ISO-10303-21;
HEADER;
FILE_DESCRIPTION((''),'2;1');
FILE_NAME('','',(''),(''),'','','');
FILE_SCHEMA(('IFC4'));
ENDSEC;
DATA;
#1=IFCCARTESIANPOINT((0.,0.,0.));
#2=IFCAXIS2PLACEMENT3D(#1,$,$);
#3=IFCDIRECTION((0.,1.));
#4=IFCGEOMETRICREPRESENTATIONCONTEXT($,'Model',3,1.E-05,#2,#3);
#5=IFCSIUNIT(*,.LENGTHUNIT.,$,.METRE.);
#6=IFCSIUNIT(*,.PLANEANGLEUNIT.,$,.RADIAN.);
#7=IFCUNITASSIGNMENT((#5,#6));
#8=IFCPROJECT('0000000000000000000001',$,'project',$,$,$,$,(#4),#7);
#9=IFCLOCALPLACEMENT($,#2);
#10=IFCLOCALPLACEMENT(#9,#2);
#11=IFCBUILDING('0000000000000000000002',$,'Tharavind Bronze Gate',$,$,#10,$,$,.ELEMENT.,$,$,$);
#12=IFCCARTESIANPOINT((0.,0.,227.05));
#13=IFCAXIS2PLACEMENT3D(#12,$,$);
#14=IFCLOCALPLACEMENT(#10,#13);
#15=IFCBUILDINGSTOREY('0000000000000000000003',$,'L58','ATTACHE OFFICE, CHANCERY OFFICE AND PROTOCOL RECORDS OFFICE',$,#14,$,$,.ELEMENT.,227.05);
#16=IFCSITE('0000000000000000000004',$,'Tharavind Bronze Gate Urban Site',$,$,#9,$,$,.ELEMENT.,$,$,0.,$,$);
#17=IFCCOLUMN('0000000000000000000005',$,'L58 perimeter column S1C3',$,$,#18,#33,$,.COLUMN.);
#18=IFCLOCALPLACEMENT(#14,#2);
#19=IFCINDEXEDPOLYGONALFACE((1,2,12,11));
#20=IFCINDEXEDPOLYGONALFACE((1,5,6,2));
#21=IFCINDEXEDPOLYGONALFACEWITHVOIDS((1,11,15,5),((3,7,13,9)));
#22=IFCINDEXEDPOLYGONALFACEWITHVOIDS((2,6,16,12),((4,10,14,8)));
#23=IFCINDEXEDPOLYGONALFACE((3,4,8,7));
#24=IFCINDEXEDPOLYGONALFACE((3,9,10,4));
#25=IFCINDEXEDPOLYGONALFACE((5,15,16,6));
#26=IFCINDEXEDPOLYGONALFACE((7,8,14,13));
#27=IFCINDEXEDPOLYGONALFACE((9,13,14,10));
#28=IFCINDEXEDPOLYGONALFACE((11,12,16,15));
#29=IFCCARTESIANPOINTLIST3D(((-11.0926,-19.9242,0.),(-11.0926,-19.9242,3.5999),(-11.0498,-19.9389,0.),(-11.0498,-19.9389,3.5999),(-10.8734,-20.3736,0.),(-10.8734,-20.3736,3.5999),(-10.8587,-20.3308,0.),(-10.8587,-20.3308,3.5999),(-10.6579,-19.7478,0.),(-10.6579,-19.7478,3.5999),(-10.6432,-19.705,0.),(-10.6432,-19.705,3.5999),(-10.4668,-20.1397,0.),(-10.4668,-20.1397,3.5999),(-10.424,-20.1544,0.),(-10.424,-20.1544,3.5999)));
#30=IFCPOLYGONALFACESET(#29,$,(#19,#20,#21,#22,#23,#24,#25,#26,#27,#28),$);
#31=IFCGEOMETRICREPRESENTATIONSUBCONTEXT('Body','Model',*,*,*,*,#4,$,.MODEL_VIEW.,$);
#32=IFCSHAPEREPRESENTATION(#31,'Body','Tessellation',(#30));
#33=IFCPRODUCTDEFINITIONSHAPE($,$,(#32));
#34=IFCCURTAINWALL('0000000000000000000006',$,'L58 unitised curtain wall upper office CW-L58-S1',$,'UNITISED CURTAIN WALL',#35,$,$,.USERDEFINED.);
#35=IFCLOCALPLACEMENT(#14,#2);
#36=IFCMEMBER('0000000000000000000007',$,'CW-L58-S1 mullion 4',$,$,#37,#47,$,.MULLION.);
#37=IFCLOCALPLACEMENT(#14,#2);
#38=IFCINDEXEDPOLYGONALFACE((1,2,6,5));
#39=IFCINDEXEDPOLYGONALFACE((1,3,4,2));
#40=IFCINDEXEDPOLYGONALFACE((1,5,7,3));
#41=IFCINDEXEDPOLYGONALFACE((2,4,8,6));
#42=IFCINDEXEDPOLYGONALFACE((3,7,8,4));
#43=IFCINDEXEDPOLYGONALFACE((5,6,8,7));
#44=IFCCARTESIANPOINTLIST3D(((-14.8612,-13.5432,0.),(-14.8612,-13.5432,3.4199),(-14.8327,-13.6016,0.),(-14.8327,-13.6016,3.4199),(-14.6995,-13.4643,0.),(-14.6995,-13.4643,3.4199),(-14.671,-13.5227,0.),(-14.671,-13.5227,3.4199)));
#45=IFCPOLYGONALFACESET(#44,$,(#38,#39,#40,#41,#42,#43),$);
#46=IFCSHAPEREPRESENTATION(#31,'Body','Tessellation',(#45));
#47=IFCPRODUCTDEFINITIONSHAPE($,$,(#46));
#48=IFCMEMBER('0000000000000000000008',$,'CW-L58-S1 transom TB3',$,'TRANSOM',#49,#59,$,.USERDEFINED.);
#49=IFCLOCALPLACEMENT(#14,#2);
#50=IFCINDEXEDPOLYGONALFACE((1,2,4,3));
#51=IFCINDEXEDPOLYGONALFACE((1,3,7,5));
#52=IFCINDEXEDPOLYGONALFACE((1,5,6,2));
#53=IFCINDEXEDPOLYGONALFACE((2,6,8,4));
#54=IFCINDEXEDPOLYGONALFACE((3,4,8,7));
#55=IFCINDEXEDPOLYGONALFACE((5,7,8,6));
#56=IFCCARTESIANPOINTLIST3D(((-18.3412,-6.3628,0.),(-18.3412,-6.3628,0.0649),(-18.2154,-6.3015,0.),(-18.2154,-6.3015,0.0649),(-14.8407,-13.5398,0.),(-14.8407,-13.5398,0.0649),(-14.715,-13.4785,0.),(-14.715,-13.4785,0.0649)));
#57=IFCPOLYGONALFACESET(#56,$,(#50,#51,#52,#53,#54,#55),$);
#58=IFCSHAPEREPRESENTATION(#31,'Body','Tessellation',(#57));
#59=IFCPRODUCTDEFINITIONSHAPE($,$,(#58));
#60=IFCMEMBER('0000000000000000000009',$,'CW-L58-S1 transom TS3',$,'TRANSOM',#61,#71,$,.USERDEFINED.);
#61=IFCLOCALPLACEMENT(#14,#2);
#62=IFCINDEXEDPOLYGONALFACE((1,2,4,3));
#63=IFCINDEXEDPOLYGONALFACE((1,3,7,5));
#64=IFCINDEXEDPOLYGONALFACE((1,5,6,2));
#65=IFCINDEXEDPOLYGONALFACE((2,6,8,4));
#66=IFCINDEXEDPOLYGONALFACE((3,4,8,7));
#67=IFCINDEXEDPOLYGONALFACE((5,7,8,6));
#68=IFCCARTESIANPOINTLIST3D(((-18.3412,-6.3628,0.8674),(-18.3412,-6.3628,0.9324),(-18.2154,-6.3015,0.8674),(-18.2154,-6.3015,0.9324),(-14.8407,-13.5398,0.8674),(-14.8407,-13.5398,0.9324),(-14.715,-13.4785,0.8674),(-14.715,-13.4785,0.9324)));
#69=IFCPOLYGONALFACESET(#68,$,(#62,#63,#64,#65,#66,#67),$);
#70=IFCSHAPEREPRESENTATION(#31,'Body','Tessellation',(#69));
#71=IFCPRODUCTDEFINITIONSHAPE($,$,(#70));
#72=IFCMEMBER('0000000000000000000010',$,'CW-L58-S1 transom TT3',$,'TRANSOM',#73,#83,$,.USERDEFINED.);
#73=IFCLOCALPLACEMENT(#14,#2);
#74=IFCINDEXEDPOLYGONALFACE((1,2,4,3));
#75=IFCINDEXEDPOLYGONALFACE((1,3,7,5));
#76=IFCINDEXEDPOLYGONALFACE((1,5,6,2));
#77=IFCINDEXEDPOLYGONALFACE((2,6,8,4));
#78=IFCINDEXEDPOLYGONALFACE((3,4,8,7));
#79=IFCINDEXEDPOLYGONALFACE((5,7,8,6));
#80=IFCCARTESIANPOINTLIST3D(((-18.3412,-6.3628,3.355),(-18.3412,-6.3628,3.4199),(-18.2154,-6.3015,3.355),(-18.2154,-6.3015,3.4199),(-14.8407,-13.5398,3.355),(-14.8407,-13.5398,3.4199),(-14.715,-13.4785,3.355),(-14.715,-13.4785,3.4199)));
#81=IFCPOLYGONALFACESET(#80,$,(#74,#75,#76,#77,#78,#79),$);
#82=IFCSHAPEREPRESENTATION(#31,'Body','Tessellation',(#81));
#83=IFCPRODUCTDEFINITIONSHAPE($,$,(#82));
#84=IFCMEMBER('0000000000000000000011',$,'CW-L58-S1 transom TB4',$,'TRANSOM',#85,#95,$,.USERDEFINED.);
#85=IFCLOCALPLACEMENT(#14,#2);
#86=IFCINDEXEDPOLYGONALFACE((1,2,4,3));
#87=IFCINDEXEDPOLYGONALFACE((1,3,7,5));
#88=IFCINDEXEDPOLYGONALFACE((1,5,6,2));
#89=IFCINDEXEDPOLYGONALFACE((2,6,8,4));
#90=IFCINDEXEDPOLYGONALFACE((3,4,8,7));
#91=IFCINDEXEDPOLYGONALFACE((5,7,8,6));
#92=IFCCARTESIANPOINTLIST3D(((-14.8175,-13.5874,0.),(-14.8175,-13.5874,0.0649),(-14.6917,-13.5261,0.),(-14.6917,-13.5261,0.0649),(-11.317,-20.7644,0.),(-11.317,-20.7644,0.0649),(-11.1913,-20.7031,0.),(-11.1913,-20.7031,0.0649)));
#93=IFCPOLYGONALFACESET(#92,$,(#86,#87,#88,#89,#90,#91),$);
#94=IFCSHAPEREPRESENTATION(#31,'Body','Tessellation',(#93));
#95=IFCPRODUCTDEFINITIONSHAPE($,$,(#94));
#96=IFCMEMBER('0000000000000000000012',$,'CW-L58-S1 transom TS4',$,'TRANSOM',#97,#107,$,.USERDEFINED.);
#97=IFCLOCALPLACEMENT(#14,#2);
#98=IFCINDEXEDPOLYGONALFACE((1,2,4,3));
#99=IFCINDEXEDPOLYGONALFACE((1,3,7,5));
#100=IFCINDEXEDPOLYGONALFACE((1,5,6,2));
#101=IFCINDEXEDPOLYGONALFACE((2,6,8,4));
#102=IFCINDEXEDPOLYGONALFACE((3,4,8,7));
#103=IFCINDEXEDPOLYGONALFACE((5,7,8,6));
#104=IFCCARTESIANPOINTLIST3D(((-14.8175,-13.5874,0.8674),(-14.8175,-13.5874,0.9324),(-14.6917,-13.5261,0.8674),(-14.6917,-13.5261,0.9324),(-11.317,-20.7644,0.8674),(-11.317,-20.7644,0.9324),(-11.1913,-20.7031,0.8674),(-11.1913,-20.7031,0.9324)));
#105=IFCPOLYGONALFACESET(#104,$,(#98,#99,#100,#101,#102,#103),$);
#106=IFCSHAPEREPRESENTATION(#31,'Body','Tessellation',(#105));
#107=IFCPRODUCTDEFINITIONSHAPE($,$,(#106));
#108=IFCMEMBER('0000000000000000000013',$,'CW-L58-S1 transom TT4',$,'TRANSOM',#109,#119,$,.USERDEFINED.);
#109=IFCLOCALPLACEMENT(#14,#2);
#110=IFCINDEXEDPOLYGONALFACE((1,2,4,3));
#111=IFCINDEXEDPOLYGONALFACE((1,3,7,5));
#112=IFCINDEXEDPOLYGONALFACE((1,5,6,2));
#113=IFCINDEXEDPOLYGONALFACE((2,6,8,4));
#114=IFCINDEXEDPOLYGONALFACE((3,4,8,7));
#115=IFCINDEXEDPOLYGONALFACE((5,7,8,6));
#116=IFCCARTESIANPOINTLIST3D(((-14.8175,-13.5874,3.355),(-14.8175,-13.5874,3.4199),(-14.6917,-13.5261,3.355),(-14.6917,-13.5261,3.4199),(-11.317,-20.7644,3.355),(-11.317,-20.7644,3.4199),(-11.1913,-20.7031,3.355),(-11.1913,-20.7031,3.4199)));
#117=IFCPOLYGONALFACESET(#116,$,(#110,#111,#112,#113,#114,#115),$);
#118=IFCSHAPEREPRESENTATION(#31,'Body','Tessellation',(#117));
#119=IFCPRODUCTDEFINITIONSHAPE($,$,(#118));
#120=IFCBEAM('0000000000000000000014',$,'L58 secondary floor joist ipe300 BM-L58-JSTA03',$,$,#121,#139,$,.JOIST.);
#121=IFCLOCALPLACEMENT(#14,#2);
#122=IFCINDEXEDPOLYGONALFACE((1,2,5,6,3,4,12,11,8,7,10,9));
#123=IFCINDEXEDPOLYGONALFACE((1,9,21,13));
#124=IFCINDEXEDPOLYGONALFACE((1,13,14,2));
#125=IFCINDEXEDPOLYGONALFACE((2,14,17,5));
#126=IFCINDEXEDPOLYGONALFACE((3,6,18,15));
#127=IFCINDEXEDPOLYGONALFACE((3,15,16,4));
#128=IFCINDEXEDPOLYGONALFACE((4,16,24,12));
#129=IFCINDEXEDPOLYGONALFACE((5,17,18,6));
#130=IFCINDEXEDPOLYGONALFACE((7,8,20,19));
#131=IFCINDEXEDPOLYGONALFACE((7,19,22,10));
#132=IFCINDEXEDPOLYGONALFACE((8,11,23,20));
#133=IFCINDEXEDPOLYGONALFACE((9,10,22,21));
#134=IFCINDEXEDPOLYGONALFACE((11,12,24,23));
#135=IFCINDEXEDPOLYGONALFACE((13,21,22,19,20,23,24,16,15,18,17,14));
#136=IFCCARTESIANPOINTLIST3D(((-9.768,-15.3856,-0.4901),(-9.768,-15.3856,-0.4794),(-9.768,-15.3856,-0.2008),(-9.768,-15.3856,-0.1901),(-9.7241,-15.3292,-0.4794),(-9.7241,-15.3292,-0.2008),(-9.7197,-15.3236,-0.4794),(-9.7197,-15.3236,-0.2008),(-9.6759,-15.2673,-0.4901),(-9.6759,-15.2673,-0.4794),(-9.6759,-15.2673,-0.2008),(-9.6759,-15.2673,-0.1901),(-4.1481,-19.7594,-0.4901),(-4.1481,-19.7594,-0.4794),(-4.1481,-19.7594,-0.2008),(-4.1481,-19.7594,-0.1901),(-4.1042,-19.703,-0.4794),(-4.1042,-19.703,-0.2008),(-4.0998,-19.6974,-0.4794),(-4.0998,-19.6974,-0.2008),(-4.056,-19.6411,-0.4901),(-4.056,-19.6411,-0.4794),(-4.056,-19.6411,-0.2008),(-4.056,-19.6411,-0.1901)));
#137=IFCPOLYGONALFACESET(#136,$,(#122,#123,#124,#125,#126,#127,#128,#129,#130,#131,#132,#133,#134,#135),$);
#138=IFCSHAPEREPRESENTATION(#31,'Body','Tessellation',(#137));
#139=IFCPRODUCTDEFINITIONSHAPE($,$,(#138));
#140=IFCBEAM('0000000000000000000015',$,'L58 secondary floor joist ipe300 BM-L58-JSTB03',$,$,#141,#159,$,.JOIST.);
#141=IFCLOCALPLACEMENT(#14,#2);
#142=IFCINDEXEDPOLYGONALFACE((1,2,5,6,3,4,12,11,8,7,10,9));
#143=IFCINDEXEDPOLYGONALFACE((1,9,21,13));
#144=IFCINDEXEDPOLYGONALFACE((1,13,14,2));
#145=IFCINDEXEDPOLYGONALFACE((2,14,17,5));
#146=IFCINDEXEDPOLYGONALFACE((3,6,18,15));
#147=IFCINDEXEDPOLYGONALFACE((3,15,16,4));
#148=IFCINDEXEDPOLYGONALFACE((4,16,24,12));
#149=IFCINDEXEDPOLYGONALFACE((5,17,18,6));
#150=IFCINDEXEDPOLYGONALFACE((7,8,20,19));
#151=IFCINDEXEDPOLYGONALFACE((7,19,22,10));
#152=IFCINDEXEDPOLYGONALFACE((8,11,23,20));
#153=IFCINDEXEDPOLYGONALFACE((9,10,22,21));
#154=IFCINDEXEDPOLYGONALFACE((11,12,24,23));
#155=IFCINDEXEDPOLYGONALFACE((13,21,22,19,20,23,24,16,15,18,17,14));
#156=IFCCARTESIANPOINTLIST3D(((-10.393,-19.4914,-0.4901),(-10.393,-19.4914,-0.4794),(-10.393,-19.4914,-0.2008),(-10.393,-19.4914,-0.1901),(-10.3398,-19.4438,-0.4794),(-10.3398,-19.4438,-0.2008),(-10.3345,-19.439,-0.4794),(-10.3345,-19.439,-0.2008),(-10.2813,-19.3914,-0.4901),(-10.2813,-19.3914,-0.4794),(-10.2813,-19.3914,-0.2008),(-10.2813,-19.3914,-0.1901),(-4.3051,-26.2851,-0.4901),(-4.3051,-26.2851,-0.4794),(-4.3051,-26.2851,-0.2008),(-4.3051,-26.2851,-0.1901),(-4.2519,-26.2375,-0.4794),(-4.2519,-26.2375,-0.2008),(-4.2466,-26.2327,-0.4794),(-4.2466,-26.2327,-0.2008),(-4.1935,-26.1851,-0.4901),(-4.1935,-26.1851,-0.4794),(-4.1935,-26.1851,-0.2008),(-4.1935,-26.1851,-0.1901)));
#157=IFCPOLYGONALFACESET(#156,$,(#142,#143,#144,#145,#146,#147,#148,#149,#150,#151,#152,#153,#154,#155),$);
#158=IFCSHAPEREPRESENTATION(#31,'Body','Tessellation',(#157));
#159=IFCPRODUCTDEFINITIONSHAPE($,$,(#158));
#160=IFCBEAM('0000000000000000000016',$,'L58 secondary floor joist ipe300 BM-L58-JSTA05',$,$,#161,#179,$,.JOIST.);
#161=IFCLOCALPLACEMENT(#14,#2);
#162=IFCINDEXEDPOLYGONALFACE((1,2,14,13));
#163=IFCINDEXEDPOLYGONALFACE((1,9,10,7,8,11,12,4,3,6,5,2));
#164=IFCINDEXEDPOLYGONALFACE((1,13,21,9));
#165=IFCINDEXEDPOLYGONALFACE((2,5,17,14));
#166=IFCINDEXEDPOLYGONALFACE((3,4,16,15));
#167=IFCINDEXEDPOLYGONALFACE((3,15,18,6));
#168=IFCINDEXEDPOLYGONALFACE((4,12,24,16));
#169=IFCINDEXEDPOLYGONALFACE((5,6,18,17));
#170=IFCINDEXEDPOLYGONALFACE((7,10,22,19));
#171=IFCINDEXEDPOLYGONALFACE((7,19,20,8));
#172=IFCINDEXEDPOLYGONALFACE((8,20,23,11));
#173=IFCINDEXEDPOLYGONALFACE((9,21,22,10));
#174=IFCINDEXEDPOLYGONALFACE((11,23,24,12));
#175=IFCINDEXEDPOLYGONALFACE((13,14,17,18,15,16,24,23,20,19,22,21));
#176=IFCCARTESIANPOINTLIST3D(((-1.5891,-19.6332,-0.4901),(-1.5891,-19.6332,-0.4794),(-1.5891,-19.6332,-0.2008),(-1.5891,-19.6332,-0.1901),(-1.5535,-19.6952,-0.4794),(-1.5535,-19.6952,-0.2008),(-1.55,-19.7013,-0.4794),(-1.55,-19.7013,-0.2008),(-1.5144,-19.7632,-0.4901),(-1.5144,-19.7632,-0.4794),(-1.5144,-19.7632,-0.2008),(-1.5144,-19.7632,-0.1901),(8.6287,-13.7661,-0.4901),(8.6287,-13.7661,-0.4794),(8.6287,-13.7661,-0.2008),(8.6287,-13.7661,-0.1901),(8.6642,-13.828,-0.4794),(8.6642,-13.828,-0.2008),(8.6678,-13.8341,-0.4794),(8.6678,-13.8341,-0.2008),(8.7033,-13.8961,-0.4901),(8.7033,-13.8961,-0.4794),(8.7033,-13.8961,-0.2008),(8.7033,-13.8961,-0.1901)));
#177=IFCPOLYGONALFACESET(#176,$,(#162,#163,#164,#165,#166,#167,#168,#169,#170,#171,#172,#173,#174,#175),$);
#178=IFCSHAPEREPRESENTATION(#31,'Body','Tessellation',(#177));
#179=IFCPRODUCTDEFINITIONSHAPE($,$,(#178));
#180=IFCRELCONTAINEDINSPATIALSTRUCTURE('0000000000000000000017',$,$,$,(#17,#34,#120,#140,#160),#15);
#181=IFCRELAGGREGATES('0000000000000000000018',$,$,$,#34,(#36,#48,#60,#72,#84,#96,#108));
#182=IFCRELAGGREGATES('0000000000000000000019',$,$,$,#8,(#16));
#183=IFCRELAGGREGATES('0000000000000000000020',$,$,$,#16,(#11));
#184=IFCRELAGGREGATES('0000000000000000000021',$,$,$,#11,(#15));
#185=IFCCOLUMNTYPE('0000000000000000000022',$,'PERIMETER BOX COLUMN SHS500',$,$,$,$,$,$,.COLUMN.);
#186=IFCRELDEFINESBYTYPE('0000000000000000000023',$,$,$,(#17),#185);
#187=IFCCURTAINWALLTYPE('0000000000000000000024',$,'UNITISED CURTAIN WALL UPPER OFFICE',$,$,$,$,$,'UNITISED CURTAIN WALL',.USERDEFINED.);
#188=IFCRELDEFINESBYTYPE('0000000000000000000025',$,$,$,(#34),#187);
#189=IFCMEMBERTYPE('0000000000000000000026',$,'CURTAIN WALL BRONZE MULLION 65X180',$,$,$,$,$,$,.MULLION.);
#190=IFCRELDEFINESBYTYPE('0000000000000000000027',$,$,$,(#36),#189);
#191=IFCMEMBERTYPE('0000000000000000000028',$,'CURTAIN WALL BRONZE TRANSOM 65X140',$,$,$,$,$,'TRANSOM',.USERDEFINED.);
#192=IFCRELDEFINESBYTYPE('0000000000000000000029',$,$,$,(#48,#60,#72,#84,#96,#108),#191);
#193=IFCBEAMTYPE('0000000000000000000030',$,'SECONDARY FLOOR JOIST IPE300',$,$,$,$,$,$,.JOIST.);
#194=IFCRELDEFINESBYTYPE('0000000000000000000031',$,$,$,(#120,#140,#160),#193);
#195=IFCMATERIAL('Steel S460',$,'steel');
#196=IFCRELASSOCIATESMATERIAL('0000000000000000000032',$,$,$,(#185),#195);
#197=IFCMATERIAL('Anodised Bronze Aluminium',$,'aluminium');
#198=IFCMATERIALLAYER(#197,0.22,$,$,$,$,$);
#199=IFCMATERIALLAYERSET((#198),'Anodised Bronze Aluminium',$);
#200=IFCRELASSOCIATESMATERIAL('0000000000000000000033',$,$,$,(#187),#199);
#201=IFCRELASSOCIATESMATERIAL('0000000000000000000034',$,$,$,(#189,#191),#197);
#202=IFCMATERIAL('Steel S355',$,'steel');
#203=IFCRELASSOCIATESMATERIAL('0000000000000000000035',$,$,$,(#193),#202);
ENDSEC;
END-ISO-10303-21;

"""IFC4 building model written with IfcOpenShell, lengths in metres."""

from ifc_helpers import new_model, si_unit, direction, frame, origin, origin_2d, place, context, subcontext, project, spatial, rectangle, hollow_rectangle, i_section, extrude, material, layer, layer_set, material_profile, profile_set, type_object, element, aggregate, save


model = new_model("IFC4")

# Units and contexts
model_context = context("Model", 3, precision=1e-05, world=origin(), true_north=direction((0.0, 1.0)))
body_context = subcontext(model_context, "Body", "Model", "MODEL_VIEW")
ifc_project = project(units=[si_unit("LENGTHUNIT", "METRE"), si_unit("PLANEANGLEUNIT", "RADIAN")], contexts=[model_context])

# Site, building, storey
site_placement = place(None, origin())
site = spatial("IfcSite", under=ifc_project, at=site_placement, Name="Tharavind Bronze Gate Urban Site", CompositionType="ELEMENT", RefElevation=0.0)
building_placement = place(site_placement, origin())
building = spatial("IfcBuilding", under=site, at=building_placement, Name="Tharavind Bronze Gate", CompositionType="ELEMENT")
storey_placement = place(building_placement, frame((0.0, 0.0, 227.05)))
storey = spatial("IfcBuildingStorey", under=building, at=storey_placement, Name="L58", Description="ATTACHE OFFICE, CHANCERY OFFICE AND PROTOCOL RECORDS OFFICE", CompositionType="ELEMENT", Elevation=227.05)

# Column
ifc_material_1 = material(Name="Steel S460", Category="steel")
ifc_material_profile_1 = material_profile(ifc_material_1, hollow_rectangle(XDim=0.5, YDim=0.5, WallThickness=0.032, at=origin_2d()), Name="SHS500X32")
ifc_profile_set_1 = profile_set([ifc_material_profile_1], Name="Steel S460")
column_type = type_object("IfcColumnType", Name="PERIMETER BOX COLUMN SHS500", PredefinedType="COLUMN", material=ifc_profile_set_1)
column_placement = place(storey_placement, frame((-10.7583, -20.0393, 0.0), z_axis=(0.0, 0.0, 1.0), x_axis=(-0.438371, 0.898794, 0.0)))
element("IfcColumn", 1, at=column_placement, inside=storey, type_object=column_type, Name="L58 perimeter column S1C3", PredefinedType="COLUMN", context=body_context, shape_type="SweptSolid", body=[
    extrude(hollow_rectangle(XDim=0.5, YDim=0.5, WallThickness=0.032, at=origin_2d()), origin(), (0.0, 0.0, 1.0), 3.5999),
])

# Curtain wall, members
ifc_material_2 = material(Name="Anodised Bronze Aluminium", Category="aluminium")
ifc_layer_1 = layer(ifc_material_2, 0.22)
ifc_layer_set_1 = layer_set([ifc_layer_1], Name="Anodised Bronze Aluminium")
curtain_wall_type = type_object("IfcCurtainWallType", Name="UNITISED CURTAIN WALL UPPER OFFICE", ElementType="UNITISED CURTAIN WALL", PredefinedType="USERDEFINED", material=ifc_layer_set_1)
curtain_wall_placement = place(storey_placement, origin())
curtain_wall = element("IfcCurtainWall", 2, at=curtain_wall_placement, inside=storey, type_object=curtain_wall_type, Name="L58 unitised curtain wall upper office CW-L58-S1", ObjectType="UNITISED CURTAIN WALL", PredefinedType="USERDEFINED")
member_type_1 = type_object("IfcMemberType", Name="CURTAIN WALL BRONZE MULLION 65X180", PredefinedType="MULLION", material=ifc_material_2)
member_1_placement = place(storey_placement, frame((-14.7661, -13.533, 0.0), z_axis=(0.0, 0.0, 1.0), x_axis=(0.438371, -0.898794, 0.0)))
member_1 = element("IfcMember", 3, at=member_1_placement, type_object=member_type_1, Name="CW-L58-S1 mullion 4", PredefinedType="MULLION", context=body_context, shape_type="SweptSolid", body=[
    extrude(rectangle(XDim=0.0649, YDim=0.1799, at=origin_2d()), origin(), (0.0, 0.0, 1.0), 3.4199),
])
member_type_2 = type_object("IfcMemberType", Name="CURTAIN WALL BRONZE TRANSOM 65X140", ElementType="TRANSOM", PredefinedType="USERDEFINED", material=ifc_material_2)
member_2_placement = place(storey_placement, frame((-16.5281, -9.9207, 0.0), z_axis=(0.0, 0.0, 1.0), x_axis=(0.438371, -0.898794, 0.0)))
member_2 = element("IfcMember", 4, at=member_2_placement, type_object=member_type_2, Name="CW-L58-S1 transom TB3", ObjectType="TRANSOM", PredefinedType="USERDEFINED", context=body_context, shape_type="SweptSolid", body=[
    extrude(rectangle(XDim=7.9851, YDim=0.1399, at=origin_2d()), origin(), (0.0, 0.0, 1.0), 0.0649),
])
member_3_placement = place(storey_placement, frame((-16.5281, -9.9207, 0.8674), z_axis=(0.0, 0.0, 1.0), x_axis=(0.438371, -0.898794, 0.0)))
member_3 = element("IfcMember", 5, at=member_3_placement, type_object=member_type_2, Name="CW-L58-S1 transom TS3", ObjectType="TRANSOM", PredefinedType="USERDEFINED", context=body_context, shape_type="SweptSolid", body=[
    extrude(rectangle(XDim=7.9851, YDim=0.1399, at=origin_2d()), origin(), (0.0, 0.0, 1.0), 0.0649),
])
member_4_placement = place(storey_placement, frame((-16.5281, -9.9207, 3.355), z_axis=(0.0, 0.0, 1.0), x_axis=(0.438371, -0.898794, 0.0)))
member_4 = element("IfcMember", 6, at=member_4_placement, type_object=member_type_2, Name="CW-L58-S1 transom TT3", ObjectType="TRANSOM", PredefinedType="USERDEFINED", context=body_context, shape_type="SweptSolid", body=[
    extrude(rectangle(XDim=7.9851, YDim=0.1399, at=origin_2d()), origin(), (0.0, 0.0, 1.0), 0.0649),
])
member_5_placement = place(storey_placement, frame((-13.0044, -17.1453, 0.0), z_axis=(0.0, 0.0, 1.0), x_axis=(0.438371, -0.898794, 0.0)))
member_5 = element("IfcMember", 7, at=member_5_placement, type_object=member_type_2, Name="CW-L58-S1 transom TB4", ObjectType="TRANSOM", PredefinedType="USERDEFINED", context=body_context, shape_type="SweptSolid", body=[
    extrude(rectangle(XDim=7.9851, YDim=0.1399, at=origin_2d()), origin(), (0.0, 0.0, 1.0), 0.0649),
])
member_6_placement = place(storey_placement, frame((-13.0044, -17.1453, 0.8674), z_axis=(0.0, 0.0, 1.0), x_axis=(0.438371, -0.898794, 0.0)))
member_6 = element("IfcMember", 8, at=member_6_placement, type_object=member_type_2, Name="CW-L58-S1 transom TS4", ObjectType="TRANSOM", PredefinedType="USERDEFINED", context=body_context, shape_type="SweptSolid", body=[
    extrude(rectangle(XDim=7.9851, YDim=0.1399, at=origin_2d()), origin(), (0.0, 0.0, 1.0), 0.0649),
])
member_7_placement = place(storey_placement, frame((-13.0044, -17.1453, 3.355), z_axis=(0.0, 0.0, 1.0), x_axis=(0.438371, -0.898794, 0.0)))
member_7 = element("IfcMember", 9, at=member_7_placement, type_object=member_type_2, Name="CW-L58-S1 transom TT4", ObjectType="TRANSOM", PredefinedType="USERDEFINED", context=body_context, shape_type="SweptSolid", body=[
    extrude(rectangle(XDim=7.9851, YDim=0.1399, at=origin_2d()), origin(), (0.0, 0.0, 1.0), 0.0649),
])

# Beams
ifc_material_3 = material(Name="Steel S355", Category="steel")
ifc_material_profile_2 = material_profile(ifc_material_3, i_section(OverallWidth=0.1499, OverallDepth=0.3, WebThickness=0.0071, FlangeThickness=0.0107, at=origin_2d()), Name="IPE300")
ifc_profile_set_2 = profile_set([ifc_material_profile_2], Name="Steel S355")
beam_type_1 = type_object("IfcBeamType", Name="SECONDARY FLOOR JOIST IPE300", PredefinedType="JOIST", material=ifc_profile_set_2)
beam_1_placement = place(storey_placement, frame((-9.7219, -15.3264, -0.3401), z_axis=(0.789164, -0.614183, 0.0), x_axis=(0.614183, 0.789164, 0.0)))
element("IfcBeam", 10, at=beam_1_placement, inside=storey, type_object=beam_type_1, Name="L58 secondary floor joist ipe300 BM-L58-JSTA03", PredefinedType="JOIST", context=body_context, shape_type="SweptSolid", body=[
    extrude(i_section(OverallWidth=0.1499, OverallDepth=0.3, WebThickness=0.0071, FlangeThickness=0.0107, at=origin_2d()), origin(), (0.0, 0.0, 1.0), 7.1213),
])
beam_2_placement = place(storey_placement, frame((-10.3372, -19.4414, -0.3401), z_axis=(0.667362, -0.744734, 0.0), x_axis=(0.744734, 0.667362, 0.0)))
element("IfcBeam", 11, at=beam_2_placement, inside=storey, type_object=beam_type_1, Name="L58 secondary floor joist ipe300 BM-L58-JSTB03", PredefinedType="JOIST", context=body_context, shape_type="SweptSolid", body=[
    extrude(i_section(OverallWidth=0.1499, OverallDepth=0.3, WebThickness=0.0071, FlangeThickness=0.0107, at=origin_2d()), origin(), (0.0, 0.0, 1.0), 9.1223),
])
beam_3_placement = place(storey_placement, frame((-1.5518, -19.6982, -0.3401), z_axis=(0.867201, 0.497959, 0.0), x_axis=(-0.497959, 0.867201, 0.0)))
element("IfcBeam", 12, at=beam_3_placement, inside=storey, type_object=beam_type_1, Name="L58 secondary floor joist ipe300 BM-L58-JSTA05", PredefinedType="JOIST", context=body_context, shape_type="SweptSolid", body=[
    extrude(i_section(OverallWidth=0.1499, OverallDepth=0.3, WebThickness=0.0071, FlangeThickness=0.0107, at=origin_2d()), origin(), (0.0, 0.0, 1.0), 11.7825),
])

aggregate(curtain_wall, [member_1, member_2, member_3, member_4, member_5, member_6, member_7])

save(model, "model.ifc")
